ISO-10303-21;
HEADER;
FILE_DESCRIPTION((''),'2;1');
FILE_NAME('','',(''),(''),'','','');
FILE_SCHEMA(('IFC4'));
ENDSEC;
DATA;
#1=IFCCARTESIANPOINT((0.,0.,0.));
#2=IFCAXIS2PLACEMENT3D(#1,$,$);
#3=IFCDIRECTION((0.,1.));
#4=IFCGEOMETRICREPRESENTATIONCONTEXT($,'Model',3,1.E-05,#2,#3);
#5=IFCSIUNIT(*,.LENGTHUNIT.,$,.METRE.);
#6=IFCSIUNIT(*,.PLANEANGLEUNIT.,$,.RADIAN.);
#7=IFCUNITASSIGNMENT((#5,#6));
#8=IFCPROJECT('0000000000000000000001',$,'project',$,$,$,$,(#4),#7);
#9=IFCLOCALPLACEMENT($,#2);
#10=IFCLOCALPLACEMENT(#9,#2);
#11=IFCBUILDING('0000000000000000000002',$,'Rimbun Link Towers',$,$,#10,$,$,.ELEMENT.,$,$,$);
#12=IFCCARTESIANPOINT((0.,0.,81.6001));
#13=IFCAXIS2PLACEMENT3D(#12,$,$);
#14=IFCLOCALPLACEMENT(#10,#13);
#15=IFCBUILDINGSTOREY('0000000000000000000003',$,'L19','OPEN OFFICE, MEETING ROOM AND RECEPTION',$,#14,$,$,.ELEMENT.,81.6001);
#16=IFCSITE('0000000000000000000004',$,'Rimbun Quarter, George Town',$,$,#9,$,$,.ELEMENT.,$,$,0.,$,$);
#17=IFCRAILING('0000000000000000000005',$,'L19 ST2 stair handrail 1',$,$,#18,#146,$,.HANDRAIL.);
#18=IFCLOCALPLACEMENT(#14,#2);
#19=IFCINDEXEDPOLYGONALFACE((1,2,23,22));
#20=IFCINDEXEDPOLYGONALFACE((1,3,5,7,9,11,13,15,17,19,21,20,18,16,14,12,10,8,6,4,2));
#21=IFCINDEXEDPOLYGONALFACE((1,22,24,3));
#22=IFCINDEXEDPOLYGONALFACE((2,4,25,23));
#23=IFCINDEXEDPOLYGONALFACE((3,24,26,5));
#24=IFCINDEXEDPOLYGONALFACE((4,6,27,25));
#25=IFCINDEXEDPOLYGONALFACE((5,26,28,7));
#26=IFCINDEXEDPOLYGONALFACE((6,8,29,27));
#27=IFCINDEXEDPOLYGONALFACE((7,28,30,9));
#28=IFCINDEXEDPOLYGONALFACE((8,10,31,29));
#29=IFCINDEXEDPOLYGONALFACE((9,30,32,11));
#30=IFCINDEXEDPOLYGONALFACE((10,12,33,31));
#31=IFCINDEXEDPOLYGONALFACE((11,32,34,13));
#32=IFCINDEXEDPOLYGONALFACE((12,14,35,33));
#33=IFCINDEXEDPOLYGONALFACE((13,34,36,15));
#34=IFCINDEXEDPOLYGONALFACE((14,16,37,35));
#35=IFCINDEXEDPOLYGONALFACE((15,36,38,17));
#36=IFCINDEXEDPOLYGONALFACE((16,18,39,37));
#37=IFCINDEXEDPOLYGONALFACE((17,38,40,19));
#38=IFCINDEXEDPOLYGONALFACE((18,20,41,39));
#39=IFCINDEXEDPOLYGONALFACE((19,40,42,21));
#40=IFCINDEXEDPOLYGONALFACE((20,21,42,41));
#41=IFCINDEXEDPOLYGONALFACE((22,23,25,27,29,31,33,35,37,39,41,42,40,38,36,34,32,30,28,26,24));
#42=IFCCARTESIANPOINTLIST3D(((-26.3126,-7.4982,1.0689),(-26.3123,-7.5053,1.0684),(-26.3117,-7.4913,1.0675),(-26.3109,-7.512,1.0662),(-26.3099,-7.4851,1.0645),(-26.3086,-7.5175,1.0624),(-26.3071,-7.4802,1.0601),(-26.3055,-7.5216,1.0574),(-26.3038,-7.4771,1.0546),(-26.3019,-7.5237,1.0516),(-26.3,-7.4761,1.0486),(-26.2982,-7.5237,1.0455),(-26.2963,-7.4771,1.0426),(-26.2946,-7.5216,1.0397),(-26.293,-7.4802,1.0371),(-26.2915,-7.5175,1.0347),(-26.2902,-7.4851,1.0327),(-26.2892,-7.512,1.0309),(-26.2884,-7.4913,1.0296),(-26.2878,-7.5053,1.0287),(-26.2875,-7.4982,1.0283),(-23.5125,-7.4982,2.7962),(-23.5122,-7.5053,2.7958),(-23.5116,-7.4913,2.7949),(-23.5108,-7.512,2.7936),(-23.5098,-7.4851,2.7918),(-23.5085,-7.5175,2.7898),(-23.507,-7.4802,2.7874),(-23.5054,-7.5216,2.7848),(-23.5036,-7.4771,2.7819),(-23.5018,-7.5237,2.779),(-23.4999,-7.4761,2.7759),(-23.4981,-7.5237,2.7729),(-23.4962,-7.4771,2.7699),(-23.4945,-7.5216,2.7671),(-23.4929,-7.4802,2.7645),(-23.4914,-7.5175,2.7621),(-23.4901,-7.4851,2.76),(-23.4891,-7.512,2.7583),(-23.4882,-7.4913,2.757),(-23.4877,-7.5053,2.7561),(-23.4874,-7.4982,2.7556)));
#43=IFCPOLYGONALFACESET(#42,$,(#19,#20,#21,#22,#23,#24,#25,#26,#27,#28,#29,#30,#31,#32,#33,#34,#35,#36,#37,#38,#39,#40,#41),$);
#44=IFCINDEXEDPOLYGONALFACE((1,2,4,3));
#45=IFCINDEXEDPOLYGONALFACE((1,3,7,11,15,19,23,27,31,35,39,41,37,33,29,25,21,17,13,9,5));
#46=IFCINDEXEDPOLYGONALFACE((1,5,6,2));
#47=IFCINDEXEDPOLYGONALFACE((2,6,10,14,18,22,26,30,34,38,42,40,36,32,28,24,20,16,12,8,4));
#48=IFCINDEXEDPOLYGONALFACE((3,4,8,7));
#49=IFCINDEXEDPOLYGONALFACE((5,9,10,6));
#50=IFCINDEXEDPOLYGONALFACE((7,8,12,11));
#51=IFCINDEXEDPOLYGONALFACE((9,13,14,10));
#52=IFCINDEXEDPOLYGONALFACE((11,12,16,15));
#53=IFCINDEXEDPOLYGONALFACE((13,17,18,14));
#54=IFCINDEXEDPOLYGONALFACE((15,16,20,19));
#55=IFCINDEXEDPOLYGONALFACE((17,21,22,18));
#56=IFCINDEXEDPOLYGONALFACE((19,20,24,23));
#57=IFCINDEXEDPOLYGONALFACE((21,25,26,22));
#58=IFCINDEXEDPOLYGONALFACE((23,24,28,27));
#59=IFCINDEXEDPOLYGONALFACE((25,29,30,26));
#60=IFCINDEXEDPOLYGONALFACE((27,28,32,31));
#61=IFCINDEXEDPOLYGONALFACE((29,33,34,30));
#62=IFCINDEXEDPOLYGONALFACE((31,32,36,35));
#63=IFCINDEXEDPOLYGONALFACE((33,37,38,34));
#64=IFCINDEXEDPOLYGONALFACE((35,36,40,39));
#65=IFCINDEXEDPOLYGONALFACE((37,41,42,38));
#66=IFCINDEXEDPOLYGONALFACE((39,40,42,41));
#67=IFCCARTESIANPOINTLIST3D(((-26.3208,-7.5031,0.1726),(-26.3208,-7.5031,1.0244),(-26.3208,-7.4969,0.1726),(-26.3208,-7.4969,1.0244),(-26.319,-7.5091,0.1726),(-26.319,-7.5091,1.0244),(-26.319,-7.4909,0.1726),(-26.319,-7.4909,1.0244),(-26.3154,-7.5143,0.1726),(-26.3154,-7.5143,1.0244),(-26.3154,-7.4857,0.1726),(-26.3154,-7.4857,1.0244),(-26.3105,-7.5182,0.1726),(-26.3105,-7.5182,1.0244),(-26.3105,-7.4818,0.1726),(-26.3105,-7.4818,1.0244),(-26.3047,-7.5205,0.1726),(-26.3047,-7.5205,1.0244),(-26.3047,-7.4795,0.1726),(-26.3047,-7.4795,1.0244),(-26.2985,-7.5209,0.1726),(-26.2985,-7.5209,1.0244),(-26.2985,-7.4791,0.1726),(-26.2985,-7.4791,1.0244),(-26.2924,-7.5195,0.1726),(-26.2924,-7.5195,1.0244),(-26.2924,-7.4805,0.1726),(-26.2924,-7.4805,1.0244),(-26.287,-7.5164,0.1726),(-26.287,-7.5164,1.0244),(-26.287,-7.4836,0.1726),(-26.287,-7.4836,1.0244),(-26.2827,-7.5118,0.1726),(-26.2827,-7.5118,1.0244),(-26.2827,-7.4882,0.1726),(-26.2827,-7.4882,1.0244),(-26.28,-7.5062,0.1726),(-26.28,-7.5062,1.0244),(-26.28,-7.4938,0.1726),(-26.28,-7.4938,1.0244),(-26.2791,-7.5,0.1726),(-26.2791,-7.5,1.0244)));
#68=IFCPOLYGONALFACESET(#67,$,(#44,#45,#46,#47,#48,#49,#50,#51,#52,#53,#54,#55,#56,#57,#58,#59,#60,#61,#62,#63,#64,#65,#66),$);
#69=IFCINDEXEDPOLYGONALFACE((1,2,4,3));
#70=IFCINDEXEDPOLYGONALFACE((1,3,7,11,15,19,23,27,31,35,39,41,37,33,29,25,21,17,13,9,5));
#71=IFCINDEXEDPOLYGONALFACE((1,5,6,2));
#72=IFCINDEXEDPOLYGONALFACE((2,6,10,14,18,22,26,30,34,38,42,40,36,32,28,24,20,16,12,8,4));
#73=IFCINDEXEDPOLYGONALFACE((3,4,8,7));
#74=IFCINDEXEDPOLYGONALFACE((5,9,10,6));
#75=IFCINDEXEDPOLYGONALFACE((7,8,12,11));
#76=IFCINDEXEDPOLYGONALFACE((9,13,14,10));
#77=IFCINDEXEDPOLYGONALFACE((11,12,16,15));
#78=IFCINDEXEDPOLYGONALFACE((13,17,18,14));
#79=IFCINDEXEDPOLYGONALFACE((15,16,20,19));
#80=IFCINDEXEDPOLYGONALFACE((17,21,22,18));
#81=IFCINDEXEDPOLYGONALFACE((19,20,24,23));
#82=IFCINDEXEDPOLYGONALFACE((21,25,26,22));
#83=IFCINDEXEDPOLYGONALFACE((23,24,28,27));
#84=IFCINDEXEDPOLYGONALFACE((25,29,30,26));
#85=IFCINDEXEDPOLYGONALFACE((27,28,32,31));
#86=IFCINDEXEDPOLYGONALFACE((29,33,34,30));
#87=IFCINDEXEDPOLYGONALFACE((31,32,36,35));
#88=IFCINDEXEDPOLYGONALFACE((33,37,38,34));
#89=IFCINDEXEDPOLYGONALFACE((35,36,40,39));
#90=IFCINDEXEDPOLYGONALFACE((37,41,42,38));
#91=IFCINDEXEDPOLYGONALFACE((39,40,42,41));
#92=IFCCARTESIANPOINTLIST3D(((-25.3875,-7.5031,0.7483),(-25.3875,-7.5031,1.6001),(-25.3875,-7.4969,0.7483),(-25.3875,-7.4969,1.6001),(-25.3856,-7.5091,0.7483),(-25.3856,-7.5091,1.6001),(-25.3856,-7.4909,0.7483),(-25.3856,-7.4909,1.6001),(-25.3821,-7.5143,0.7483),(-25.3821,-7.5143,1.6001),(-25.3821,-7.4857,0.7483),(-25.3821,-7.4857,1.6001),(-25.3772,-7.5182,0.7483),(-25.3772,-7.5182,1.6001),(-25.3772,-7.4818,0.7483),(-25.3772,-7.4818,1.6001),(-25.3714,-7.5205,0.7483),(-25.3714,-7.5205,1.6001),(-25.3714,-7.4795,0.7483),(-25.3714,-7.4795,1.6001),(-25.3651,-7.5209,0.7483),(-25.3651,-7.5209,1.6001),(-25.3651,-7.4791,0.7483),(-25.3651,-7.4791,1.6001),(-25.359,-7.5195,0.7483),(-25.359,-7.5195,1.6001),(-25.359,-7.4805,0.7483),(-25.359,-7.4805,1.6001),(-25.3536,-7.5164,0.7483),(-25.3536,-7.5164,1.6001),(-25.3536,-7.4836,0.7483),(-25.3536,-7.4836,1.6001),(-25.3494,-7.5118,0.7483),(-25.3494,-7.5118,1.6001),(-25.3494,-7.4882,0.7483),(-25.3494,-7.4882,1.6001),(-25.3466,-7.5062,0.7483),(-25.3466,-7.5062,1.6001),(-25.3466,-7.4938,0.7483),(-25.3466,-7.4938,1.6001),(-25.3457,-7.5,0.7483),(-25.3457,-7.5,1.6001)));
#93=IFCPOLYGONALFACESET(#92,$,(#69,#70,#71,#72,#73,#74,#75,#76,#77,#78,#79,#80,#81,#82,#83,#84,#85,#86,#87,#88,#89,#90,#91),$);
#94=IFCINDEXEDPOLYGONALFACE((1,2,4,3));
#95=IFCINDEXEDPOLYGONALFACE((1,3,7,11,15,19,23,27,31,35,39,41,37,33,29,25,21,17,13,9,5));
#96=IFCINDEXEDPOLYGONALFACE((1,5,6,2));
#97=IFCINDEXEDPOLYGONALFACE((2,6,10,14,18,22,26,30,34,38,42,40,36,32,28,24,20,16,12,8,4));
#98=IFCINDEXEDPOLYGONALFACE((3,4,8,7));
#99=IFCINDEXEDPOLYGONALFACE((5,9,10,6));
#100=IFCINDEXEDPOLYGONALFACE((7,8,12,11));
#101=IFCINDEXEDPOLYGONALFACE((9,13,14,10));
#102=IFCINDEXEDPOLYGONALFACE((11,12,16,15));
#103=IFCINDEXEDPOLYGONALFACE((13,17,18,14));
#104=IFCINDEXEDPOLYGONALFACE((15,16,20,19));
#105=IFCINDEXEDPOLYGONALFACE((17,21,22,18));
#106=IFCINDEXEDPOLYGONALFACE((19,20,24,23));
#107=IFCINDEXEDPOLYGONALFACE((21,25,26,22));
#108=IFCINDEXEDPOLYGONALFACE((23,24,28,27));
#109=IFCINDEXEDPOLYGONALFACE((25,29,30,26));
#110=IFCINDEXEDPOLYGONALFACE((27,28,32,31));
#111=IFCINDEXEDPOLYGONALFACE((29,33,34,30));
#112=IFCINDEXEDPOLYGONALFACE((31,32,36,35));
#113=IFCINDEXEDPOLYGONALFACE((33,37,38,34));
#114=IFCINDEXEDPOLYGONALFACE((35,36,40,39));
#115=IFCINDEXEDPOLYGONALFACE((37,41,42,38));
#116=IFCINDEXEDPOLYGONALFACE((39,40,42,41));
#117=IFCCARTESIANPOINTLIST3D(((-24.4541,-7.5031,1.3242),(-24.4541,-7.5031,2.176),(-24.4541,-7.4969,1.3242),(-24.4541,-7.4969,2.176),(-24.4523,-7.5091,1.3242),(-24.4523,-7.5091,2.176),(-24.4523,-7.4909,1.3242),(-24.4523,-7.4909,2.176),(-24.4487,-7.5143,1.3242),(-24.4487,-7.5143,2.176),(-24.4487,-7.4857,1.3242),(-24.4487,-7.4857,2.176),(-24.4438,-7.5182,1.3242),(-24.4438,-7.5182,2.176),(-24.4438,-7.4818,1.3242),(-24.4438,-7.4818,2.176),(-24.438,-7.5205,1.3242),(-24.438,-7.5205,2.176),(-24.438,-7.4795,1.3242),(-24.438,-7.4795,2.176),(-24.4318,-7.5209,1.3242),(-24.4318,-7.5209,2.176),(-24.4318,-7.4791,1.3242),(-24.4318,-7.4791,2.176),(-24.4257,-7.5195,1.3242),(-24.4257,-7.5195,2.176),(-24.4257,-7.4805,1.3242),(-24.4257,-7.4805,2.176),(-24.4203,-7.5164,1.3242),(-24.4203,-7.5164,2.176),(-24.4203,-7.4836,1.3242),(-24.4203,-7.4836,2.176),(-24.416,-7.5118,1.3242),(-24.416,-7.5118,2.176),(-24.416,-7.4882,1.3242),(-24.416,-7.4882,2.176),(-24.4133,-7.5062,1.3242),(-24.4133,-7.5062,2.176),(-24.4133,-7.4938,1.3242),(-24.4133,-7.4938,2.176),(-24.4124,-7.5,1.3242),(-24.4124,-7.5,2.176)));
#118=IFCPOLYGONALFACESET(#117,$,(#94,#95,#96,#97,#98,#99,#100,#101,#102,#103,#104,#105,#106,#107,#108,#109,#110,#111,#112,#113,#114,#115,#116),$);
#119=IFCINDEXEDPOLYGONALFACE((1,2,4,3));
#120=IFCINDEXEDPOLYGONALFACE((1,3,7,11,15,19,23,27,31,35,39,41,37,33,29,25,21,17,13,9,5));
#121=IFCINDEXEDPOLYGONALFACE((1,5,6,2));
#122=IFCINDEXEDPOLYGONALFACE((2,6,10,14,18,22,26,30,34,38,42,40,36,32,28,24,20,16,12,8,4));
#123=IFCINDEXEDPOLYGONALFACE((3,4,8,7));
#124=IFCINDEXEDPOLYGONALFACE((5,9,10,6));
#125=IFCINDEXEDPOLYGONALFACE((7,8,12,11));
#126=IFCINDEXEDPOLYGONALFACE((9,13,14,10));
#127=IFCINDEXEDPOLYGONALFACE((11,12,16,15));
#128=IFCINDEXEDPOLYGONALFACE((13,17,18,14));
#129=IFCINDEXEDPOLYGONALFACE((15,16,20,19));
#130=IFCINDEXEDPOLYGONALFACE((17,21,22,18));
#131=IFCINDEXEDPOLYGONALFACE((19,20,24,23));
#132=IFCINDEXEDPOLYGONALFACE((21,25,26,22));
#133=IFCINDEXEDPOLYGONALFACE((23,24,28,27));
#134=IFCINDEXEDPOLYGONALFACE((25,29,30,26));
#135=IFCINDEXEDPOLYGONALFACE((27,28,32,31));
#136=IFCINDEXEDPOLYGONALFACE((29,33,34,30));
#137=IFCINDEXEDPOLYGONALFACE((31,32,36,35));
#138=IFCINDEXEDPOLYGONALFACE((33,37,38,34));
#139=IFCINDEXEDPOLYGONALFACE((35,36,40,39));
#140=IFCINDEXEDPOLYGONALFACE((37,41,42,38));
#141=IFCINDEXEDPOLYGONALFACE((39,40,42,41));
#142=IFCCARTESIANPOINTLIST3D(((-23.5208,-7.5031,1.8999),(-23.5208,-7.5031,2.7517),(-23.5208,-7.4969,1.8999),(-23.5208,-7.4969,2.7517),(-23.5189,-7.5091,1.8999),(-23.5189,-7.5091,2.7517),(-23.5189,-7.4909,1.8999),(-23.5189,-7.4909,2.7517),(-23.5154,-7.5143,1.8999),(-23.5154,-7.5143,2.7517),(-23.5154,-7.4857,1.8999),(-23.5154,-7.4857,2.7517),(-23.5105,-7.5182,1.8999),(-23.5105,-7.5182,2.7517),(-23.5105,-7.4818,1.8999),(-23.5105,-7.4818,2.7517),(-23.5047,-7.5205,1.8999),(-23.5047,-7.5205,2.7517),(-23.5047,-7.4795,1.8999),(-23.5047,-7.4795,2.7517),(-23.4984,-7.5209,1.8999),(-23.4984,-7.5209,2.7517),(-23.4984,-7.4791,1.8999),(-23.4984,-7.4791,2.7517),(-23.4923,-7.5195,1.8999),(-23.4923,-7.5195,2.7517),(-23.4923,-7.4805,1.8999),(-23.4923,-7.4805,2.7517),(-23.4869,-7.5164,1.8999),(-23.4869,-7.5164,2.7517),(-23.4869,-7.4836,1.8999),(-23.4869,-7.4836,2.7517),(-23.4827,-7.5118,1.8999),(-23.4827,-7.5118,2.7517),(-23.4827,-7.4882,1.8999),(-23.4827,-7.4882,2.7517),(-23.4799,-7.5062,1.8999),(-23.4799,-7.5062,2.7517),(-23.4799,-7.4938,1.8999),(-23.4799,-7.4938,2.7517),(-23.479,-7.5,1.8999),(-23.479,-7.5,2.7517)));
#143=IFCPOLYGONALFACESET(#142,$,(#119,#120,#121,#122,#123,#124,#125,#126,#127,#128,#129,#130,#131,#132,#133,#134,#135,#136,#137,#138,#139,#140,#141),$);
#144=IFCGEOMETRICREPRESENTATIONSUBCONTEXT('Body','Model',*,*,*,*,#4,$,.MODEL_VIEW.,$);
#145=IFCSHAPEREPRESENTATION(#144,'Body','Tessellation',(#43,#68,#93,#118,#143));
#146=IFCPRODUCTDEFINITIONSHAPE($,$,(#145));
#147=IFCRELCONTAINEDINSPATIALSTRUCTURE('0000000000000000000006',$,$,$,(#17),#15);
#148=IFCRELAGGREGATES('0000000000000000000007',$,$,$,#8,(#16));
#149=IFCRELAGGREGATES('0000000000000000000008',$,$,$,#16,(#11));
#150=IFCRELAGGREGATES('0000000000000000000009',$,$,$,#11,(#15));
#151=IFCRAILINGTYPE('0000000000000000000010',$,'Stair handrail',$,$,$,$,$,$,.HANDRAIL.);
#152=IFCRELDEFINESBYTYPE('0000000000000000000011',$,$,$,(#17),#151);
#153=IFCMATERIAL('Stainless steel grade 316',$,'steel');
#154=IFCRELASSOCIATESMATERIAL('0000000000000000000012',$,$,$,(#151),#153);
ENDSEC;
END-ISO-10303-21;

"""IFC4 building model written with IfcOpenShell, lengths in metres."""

from ifc_helpers import new_model, si_unit, direction, frame, origin, origin_2d, place, context, subcontext, project, spatial, circle, extrude, material, type_object, element, save


model = new_model("IFC4")

# Units and contexts
model_context = context("Model", 3, precision=1e-05, world=origin(), true_north=direction((0.0, 1.0)))
body_context = subcontext(model_context, "Body", "Model", "MODEL_VIEW")
ifc_project = project(units=[si_unit("LENGTHUNIT", "METRE"), si_unit("PLANEANGLEUNIT", "RADIAN")], contexts=[model_context])

# Site, building, storey
site_placement = place(None, origin())
site = spatial("IfcSite", under=ifc_project, at=site_placement, Name="Rimbun Quarter, George Town", CompositionType="ELEMENT", RefElevation=0.0)
building_placement = place(site_placement, origin())
building = spatial("IfcBuilding", under=site, at=building_placement, Name="Rimbun Link Towers", CompositionType="ELEMENT")
storey_placement = place(building_placement, frame((0.0, 0.0, 81.6001)))
storey = spatial("IfcBuildingStorey", under=building, at=storey_placement, Name="L19", Description="OPEN OFFICE, MEETING ROOM AND RECEPTION", CompositionType="ELEMENT", Elevation=81.6001)

# Railing
ifc_material_1 = material(Name="Stainless steel grade 316", Category="steel")
railing_type_1 = type_object("IfcRailingType", Name="Stair handrail", PredefinedType="HANDRAIL", material=ifc_material_1)
railing_1_placement = place(storey_placement, frame((-26.3, -7.5, 0.1726)))
element("IfcRailing", 1, at=railing_1_placement, inside=storey, type_object=railing_type_1, Name="L19 ST2 stair handrail 1", PredefinedType="HANDRAIL", context=body_context, shape_type="SweptSolid", body=[
    extrude(circle(Radius=0.0239, at=origin_2d()), frame((0.0, 0.0, 0.876), z_axis=(0.85109, 0.0, 0.52502), x_axis=(0.0, 1.0, 0.0)), (0.0, 0.0, 1.0), 3.29),
    extrude(circle(Radius=0.021, at=origin_2d()), origin(), (0.0, 0.0, 1.0), 0.8518),
    extrude(circle(Radius=0.021, at=origin_2d()), frame((0.9333, 0.0, 0.5757)), (0.0, 0.0, 1.0), 0.8518),
    extrude(circle(Radius=0.021, at=origin_2d()), frame((1.8667, 0.0, 1.1516)), (0.0, 0.0, 1.0), 0.8518),
    extrude(circle(Radius=0.021, at=origin_2d()), frame((2.8, 0.0, 1.7273)), (0.0, 0.0, 1.0), 0.8518),
])

save(model, "model.ifc")
